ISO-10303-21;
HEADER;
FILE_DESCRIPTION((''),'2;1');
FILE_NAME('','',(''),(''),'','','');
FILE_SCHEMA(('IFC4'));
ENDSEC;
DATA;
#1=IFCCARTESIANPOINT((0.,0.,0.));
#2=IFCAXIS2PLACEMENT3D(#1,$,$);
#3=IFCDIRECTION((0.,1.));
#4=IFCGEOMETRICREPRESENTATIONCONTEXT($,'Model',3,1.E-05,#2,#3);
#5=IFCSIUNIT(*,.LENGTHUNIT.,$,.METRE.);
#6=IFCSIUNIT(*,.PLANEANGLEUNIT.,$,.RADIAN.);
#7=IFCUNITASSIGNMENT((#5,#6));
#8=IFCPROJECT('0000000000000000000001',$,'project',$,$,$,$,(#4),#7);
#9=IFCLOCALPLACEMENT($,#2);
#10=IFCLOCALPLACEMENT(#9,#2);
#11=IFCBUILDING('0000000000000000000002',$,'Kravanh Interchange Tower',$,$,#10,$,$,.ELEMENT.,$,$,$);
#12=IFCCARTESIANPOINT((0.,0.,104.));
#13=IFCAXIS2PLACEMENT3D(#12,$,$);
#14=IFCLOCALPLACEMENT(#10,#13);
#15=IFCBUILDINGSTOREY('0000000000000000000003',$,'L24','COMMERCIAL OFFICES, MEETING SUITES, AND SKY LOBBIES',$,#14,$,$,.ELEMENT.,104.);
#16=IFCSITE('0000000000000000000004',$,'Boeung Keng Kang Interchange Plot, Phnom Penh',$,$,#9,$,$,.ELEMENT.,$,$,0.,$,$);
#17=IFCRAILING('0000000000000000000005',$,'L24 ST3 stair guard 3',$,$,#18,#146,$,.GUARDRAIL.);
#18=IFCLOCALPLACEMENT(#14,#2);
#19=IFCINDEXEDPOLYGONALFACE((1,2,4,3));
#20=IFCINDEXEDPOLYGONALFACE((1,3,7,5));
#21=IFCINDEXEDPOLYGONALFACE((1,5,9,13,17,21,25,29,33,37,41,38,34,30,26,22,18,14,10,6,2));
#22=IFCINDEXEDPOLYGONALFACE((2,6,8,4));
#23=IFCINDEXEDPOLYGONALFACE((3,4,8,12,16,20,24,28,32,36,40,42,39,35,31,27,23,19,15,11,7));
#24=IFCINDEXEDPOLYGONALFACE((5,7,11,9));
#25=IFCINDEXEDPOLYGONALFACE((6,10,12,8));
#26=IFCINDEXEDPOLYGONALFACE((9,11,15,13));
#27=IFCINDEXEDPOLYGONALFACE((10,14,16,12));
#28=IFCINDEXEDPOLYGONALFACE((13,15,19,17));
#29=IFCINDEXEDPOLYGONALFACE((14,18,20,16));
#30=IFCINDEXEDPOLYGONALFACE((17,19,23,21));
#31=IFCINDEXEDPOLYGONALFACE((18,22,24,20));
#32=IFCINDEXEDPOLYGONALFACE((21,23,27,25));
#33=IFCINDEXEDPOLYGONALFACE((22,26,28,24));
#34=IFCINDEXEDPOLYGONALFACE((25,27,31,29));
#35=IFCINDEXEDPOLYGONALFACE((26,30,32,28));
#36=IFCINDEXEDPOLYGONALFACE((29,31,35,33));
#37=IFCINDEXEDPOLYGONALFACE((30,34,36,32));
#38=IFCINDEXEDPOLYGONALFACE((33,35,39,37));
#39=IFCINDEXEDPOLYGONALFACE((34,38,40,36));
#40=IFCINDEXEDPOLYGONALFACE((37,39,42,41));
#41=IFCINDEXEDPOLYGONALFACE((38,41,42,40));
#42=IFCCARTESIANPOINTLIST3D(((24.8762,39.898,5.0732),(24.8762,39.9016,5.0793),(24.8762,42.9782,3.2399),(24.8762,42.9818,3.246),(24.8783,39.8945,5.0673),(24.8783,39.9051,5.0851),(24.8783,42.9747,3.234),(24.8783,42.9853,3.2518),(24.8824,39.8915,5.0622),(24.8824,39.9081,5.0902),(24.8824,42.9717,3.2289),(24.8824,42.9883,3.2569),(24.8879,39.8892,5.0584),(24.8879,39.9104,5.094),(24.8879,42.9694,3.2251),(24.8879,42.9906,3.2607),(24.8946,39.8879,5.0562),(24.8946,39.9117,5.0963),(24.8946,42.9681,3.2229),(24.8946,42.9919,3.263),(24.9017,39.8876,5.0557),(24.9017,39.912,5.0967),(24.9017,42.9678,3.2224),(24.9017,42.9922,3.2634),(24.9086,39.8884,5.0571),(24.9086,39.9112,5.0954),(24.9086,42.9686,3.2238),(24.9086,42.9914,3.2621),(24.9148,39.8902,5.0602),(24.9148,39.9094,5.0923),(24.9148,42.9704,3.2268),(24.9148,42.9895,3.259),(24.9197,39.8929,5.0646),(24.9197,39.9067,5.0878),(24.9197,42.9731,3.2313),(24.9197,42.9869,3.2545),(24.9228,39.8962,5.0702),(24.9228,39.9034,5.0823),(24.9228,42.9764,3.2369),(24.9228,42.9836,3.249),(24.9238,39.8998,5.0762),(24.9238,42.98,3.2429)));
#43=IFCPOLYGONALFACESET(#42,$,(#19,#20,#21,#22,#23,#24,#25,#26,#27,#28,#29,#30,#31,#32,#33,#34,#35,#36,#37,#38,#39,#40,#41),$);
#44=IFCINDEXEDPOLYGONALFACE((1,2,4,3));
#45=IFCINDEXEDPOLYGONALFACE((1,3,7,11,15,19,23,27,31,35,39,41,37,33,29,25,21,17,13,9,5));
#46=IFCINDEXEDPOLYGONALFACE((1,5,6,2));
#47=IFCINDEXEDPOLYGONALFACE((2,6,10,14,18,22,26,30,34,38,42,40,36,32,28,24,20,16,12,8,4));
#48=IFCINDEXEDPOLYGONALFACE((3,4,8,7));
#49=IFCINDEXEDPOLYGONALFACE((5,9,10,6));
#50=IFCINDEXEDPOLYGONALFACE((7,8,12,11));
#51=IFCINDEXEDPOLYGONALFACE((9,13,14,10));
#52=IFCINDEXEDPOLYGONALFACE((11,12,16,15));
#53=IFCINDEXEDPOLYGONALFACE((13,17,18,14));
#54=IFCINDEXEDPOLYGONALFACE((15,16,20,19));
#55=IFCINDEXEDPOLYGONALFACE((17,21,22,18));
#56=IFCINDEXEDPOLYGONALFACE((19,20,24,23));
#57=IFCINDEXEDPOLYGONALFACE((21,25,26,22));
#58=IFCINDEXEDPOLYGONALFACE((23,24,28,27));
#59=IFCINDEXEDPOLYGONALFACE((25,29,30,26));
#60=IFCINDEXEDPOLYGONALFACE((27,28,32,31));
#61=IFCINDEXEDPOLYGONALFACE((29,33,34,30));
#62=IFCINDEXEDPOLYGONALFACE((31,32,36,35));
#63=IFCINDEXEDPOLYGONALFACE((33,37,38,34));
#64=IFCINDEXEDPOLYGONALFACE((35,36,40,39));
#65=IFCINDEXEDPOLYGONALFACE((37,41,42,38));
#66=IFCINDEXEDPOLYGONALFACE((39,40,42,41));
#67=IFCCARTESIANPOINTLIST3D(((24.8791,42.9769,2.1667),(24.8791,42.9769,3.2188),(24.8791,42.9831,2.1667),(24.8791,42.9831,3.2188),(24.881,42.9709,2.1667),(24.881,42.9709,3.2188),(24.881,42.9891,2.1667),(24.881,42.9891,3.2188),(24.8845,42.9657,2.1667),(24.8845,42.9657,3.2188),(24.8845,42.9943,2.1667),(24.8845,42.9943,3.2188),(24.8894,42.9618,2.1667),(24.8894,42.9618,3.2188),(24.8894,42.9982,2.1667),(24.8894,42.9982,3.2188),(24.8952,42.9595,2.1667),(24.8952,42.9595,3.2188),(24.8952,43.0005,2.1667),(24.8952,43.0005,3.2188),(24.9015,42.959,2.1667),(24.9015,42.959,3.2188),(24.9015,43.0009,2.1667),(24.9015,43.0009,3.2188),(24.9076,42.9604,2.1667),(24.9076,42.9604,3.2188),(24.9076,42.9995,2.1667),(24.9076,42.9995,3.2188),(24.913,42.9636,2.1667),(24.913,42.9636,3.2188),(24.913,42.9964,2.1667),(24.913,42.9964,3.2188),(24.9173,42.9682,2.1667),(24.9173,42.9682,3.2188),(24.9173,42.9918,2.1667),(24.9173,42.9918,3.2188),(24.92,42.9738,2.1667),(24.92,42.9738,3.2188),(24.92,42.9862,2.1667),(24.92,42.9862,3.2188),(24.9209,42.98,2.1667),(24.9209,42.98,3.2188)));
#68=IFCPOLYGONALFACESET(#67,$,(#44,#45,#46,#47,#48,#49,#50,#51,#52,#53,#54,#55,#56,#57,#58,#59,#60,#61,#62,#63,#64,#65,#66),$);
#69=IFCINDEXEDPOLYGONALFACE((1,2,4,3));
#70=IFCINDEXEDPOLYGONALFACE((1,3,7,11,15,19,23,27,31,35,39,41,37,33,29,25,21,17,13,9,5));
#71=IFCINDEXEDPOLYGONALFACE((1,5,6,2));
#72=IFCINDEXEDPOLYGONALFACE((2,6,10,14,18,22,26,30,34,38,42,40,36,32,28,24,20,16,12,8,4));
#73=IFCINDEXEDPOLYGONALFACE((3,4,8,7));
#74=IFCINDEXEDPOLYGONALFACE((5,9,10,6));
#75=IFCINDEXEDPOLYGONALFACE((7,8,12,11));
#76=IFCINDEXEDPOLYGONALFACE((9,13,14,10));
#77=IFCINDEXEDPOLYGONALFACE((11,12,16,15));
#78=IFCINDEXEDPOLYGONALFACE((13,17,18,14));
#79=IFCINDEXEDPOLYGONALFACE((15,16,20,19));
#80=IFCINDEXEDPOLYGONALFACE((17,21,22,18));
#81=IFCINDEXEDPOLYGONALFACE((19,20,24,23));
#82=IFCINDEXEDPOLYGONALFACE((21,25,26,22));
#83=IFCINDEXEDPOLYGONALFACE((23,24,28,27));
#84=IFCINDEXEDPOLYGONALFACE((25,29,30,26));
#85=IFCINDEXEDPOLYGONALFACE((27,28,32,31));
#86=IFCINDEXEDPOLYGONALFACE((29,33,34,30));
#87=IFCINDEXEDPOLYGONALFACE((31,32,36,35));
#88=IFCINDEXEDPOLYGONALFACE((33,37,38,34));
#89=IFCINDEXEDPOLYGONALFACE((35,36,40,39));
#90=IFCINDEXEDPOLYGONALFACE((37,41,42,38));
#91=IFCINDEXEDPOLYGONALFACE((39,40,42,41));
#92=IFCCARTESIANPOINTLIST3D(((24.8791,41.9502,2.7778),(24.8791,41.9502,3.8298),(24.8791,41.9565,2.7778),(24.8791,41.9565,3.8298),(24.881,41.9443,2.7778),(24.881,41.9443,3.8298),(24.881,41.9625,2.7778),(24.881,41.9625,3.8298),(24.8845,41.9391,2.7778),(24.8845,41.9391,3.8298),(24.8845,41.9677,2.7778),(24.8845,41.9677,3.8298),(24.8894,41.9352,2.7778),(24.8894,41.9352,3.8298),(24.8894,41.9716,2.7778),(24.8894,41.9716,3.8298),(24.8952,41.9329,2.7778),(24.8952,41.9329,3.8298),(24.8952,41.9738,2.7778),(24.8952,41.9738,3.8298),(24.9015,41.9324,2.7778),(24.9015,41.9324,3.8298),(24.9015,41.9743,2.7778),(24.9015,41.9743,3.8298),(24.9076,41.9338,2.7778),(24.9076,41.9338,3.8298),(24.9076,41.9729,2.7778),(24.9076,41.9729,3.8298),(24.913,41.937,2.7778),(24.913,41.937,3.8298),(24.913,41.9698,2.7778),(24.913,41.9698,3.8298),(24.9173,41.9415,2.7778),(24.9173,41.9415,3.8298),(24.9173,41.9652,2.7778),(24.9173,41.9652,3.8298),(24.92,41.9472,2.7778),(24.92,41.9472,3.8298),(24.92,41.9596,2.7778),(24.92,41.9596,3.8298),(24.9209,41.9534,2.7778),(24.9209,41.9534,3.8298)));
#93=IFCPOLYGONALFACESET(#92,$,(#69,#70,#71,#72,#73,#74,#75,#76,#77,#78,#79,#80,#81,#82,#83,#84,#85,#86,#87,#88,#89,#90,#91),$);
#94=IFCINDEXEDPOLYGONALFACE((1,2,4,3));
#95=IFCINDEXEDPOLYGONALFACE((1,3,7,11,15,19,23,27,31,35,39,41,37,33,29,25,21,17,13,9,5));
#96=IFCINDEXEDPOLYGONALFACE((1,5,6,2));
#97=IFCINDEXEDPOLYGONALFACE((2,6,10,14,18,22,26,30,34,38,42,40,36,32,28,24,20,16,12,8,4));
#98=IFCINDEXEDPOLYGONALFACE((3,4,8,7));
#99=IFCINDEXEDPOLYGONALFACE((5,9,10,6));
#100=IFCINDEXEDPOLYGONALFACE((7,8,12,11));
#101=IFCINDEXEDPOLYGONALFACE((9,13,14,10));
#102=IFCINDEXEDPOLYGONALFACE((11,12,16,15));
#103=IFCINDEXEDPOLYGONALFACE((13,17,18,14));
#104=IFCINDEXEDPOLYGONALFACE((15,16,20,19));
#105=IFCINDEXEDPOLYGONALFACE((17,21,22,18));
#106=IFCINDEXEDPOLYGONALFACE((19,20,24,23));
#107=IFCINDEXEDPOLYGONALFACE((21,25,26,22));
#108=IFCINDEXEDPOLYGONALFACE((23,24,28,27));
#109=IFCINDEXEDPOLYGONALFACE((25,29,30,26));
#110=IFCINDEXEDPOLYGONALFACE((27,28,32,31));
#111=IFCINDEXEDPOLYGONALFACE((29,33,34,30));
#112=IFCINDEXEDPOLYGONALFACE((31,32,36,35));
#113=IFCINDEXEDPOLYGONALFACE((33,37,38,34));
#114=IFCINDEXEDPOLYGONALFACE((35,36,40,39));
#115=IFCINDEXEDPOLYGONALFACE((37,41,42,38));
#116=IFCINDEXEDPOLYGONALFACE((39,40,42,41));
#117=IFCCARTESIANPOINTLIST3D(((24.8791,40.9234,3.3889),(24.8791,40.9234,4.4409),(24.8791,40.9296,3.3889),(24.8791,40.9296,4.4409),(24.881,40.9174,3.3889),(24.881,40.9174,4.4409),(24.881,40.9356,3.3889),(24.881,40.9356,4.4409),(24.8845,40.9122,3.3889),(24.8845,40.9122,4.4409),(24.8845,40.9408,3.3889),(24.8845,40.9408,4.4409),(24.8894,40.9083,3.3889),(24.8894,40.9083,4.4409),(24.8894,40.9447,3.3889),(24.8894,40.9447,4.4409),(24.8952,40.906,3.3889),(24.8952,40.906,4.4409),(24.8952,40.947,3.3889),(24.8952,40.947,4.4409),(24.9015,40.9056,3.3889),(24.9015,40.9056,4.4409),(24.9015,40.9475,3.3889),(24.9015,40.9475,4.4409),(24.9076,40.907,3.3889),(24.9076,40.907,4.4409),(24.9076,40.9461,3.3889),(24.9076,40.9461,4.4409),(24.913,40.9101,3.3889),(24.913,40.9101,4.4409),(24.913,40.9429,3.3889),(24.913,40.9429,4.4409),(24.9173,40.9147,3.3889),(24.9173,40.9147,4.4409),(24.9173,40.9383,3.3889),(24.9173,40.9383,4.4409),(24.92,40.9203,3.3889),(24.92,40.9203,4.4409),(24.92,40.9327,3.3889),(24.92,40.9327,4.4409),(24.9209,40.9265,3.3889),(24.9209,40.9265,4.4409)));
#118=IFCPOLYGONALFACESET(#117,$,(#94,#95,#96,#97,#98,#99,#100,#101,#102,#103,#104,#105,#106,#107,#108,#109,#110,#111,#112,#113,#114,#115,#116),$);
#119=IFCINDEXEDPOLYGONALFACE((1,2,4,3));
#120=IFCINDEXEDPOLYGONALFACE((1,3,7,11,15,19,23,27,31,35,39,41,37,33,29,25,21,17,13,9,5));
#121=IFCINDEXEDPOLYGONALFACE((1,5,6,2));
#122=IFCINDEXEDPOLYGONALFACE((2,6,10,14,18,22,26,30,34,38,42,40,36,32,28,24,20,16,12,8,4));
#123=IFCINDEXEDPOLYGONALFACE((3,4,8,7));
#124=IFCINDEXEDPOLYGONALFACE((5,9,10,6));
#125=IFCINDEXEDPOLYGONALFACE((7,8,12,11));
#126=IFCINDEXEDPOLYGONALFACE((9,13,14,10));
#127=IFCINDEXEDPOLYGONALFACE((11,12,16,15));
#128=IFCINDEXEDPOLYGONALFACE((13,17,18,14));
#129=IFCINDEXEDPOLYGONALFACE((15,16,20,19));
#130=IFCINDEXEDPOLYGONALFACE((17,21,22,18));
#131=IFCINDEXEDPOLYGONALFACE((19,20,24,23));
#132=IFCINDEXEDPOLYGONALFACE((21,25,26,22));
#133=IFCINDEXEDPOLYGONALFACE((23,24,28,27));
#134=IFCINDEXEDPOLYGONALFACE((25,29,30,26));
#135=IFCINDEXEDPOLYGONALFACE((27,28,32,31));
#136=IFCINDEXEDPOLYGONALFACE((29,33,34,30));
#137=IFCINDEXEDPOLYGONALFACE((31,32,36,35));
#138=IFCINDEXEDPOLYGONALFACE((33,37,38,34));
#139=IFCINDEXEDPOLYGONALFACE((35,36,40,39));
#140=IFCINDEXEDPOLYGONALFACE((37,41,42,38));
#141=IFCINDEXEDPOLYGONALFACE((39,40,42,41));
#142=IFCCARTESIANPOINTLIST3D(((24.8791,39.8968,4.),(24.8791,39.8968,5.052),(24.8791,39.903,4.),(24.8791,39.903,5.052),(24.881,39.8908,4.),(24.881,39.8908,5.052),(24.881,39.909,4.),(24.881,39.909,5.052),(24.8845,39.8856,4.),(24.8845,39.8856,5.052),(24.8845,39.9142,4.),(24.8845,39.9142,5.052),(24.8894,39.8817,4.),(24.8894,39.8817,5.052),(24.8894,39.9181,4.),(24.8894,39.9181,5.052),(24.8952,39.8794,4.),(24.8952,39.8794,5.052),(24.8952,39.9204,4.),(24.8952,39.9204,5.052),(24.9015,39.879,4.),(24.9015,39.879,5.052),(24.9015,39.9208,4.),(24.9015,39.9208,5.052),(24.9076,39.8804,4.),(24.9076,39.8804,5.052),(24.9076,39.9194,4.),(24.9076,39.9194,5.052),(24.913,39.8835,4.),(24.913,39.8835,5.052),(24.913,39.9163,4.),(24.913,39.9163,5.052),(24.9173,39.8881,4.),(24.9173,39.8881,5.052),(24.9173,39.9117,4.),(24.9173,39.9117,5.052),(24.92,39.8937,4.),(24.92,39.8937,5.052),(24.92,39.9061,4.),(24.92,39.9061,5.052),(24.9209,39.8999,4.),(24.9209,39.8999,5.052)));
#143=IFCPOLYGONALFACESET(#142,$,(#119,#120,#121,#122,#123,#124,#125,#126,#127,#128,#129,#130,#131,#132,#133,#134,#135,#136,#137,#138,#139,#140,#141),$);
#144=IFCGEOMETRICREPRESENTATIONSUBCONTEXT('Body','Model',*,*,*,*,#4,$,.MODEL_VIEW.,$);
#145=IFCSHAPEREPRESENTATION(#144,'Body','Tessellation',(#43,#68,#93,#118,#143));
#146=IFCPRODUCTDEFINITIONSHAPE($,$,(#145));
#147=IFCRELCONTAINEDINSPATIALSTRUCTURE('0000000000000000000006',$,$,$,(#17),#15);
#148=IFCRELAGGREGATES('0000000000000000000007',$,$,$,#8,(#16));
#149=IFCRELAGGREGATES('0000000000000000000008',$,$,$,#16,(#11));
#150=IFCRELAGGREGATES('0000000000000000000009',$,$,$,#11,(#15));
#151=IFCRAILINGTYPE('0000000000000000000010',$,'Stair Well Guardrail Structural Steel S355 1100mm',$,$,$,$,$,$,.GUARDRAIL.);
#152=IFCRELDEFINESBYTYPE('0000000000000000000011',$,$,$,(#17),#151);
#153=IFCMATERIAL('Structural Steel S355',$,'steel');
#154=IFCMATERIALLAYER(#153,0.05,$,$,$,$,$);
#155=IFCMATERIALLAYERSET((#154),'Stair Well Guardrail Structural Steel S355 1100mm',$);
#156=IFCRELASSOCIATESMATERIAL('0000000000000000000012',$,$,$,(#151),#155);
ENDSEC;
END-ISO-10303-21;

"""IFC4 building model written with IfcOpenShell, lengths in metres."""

from ifc_helpers import new_model, si_unit, direction, frame, origin, origin_2d, place, context, subcontext, project, spatial, circle, extrude, material, layer, layer_set, type_object, element, save


model = new_model("IFC4")

# Units and contexts
model_context = context("Model", 3, precision=1e-05, world=origin(), true_north=direction((0.0, 1.0)))
body_context = subcontext(model_context, "Body", "Model", "MODEL_VIEW")
ifc_project = project(units=[si_unit("LENGTHUNIT", "METRE"), si_unit("PLANEANGLEUNIT", "RADIAN")], contexts=[model_context])

# Site, building, storey
site_placement = place(None, origin())
site = spatial("IfcSite", under=ifc_project, at=site_placement, Name="Boeung Keng Kang Interchange Plot, Phnom Penh", CompositionType="ELEMENT", RefElevation=0.0)
building_placement = place(site_placement, origin())
building = spatial("IfcBuilding", under=site, at=building_placement, Name="Kravanh Interchange Tower", CompositionType="ELEMENT")
storey_placement = place(building_placement, frame((0.0, 0.0, 104.0)))
storey = spatial("IfcBuildingStorey", under=building, at=storey_placement, Name="L24", Description="COMMERCIAL OFFICES, MEETING SUITES, AND SKY LOBBIES", CompositionType="ELEMENT", Elevation=104.0)

# Railing
ifc_material_1 = material(Name="Structural Steel S355", Category="steel")
ifc_layer_1 = layer(ifc_material_1, 0.05)
ifc_layer_set_1 = layer_set([ifc_layer_1], Name="Stair Well Guardrail Structural Steel S355 1100mm")
railing_type_1 = type_object("IfcRailingType", Name="Stair Well Guardrail Structural Steel S355 1100mm", PredefinedType="GUARDRAIL", material=ifc_layer_set_1)
railing_1_placement = place(storey_placement, frame((24.8999, 42.98, 2.1667)))
element("IfcRailing", 1, at=railing_1_placement, inside=storey, type_object=railing_type_1, Name="L24 ST3 stair guard 3", PredefinedType="GUARDRAIL", context=body_context, shape_type="SweptSolid", body=[
    extrude(circle(Radius=0.0239, at=origin_2d()), frame((0.0, 0.0, 1.0762), z_axis=(0.0, -0.859309, 0.511458), x_axis=(1.0, 0.0, 0.0)), (0.0, 0.0, 1.0), 3.5845),
    extrude(circle(Radius=0.021, at=origin_2d()), origin(), (0.0, 0.0, 1.0), 1.052),
    extrude(circle(Radius=0.021, at=origin_2d()), frame((0.0, -1.0266, 0.6111)), (0.0, 0.0, 1.0), 1.052),
    extrude(circle(Radius=0.021, at=origin_2d()), frame((0.0, -2.0535, 1.2222)), (0.0, 0.0, 1.0), 1.052),
    extrude(circle(Radius=0.021, at=origin_2d()), frame((0.0, -3.0801, 1.8333)), (0.0, 0.0, 1.0), 1.052),
])

save(model, "model.ifc")
